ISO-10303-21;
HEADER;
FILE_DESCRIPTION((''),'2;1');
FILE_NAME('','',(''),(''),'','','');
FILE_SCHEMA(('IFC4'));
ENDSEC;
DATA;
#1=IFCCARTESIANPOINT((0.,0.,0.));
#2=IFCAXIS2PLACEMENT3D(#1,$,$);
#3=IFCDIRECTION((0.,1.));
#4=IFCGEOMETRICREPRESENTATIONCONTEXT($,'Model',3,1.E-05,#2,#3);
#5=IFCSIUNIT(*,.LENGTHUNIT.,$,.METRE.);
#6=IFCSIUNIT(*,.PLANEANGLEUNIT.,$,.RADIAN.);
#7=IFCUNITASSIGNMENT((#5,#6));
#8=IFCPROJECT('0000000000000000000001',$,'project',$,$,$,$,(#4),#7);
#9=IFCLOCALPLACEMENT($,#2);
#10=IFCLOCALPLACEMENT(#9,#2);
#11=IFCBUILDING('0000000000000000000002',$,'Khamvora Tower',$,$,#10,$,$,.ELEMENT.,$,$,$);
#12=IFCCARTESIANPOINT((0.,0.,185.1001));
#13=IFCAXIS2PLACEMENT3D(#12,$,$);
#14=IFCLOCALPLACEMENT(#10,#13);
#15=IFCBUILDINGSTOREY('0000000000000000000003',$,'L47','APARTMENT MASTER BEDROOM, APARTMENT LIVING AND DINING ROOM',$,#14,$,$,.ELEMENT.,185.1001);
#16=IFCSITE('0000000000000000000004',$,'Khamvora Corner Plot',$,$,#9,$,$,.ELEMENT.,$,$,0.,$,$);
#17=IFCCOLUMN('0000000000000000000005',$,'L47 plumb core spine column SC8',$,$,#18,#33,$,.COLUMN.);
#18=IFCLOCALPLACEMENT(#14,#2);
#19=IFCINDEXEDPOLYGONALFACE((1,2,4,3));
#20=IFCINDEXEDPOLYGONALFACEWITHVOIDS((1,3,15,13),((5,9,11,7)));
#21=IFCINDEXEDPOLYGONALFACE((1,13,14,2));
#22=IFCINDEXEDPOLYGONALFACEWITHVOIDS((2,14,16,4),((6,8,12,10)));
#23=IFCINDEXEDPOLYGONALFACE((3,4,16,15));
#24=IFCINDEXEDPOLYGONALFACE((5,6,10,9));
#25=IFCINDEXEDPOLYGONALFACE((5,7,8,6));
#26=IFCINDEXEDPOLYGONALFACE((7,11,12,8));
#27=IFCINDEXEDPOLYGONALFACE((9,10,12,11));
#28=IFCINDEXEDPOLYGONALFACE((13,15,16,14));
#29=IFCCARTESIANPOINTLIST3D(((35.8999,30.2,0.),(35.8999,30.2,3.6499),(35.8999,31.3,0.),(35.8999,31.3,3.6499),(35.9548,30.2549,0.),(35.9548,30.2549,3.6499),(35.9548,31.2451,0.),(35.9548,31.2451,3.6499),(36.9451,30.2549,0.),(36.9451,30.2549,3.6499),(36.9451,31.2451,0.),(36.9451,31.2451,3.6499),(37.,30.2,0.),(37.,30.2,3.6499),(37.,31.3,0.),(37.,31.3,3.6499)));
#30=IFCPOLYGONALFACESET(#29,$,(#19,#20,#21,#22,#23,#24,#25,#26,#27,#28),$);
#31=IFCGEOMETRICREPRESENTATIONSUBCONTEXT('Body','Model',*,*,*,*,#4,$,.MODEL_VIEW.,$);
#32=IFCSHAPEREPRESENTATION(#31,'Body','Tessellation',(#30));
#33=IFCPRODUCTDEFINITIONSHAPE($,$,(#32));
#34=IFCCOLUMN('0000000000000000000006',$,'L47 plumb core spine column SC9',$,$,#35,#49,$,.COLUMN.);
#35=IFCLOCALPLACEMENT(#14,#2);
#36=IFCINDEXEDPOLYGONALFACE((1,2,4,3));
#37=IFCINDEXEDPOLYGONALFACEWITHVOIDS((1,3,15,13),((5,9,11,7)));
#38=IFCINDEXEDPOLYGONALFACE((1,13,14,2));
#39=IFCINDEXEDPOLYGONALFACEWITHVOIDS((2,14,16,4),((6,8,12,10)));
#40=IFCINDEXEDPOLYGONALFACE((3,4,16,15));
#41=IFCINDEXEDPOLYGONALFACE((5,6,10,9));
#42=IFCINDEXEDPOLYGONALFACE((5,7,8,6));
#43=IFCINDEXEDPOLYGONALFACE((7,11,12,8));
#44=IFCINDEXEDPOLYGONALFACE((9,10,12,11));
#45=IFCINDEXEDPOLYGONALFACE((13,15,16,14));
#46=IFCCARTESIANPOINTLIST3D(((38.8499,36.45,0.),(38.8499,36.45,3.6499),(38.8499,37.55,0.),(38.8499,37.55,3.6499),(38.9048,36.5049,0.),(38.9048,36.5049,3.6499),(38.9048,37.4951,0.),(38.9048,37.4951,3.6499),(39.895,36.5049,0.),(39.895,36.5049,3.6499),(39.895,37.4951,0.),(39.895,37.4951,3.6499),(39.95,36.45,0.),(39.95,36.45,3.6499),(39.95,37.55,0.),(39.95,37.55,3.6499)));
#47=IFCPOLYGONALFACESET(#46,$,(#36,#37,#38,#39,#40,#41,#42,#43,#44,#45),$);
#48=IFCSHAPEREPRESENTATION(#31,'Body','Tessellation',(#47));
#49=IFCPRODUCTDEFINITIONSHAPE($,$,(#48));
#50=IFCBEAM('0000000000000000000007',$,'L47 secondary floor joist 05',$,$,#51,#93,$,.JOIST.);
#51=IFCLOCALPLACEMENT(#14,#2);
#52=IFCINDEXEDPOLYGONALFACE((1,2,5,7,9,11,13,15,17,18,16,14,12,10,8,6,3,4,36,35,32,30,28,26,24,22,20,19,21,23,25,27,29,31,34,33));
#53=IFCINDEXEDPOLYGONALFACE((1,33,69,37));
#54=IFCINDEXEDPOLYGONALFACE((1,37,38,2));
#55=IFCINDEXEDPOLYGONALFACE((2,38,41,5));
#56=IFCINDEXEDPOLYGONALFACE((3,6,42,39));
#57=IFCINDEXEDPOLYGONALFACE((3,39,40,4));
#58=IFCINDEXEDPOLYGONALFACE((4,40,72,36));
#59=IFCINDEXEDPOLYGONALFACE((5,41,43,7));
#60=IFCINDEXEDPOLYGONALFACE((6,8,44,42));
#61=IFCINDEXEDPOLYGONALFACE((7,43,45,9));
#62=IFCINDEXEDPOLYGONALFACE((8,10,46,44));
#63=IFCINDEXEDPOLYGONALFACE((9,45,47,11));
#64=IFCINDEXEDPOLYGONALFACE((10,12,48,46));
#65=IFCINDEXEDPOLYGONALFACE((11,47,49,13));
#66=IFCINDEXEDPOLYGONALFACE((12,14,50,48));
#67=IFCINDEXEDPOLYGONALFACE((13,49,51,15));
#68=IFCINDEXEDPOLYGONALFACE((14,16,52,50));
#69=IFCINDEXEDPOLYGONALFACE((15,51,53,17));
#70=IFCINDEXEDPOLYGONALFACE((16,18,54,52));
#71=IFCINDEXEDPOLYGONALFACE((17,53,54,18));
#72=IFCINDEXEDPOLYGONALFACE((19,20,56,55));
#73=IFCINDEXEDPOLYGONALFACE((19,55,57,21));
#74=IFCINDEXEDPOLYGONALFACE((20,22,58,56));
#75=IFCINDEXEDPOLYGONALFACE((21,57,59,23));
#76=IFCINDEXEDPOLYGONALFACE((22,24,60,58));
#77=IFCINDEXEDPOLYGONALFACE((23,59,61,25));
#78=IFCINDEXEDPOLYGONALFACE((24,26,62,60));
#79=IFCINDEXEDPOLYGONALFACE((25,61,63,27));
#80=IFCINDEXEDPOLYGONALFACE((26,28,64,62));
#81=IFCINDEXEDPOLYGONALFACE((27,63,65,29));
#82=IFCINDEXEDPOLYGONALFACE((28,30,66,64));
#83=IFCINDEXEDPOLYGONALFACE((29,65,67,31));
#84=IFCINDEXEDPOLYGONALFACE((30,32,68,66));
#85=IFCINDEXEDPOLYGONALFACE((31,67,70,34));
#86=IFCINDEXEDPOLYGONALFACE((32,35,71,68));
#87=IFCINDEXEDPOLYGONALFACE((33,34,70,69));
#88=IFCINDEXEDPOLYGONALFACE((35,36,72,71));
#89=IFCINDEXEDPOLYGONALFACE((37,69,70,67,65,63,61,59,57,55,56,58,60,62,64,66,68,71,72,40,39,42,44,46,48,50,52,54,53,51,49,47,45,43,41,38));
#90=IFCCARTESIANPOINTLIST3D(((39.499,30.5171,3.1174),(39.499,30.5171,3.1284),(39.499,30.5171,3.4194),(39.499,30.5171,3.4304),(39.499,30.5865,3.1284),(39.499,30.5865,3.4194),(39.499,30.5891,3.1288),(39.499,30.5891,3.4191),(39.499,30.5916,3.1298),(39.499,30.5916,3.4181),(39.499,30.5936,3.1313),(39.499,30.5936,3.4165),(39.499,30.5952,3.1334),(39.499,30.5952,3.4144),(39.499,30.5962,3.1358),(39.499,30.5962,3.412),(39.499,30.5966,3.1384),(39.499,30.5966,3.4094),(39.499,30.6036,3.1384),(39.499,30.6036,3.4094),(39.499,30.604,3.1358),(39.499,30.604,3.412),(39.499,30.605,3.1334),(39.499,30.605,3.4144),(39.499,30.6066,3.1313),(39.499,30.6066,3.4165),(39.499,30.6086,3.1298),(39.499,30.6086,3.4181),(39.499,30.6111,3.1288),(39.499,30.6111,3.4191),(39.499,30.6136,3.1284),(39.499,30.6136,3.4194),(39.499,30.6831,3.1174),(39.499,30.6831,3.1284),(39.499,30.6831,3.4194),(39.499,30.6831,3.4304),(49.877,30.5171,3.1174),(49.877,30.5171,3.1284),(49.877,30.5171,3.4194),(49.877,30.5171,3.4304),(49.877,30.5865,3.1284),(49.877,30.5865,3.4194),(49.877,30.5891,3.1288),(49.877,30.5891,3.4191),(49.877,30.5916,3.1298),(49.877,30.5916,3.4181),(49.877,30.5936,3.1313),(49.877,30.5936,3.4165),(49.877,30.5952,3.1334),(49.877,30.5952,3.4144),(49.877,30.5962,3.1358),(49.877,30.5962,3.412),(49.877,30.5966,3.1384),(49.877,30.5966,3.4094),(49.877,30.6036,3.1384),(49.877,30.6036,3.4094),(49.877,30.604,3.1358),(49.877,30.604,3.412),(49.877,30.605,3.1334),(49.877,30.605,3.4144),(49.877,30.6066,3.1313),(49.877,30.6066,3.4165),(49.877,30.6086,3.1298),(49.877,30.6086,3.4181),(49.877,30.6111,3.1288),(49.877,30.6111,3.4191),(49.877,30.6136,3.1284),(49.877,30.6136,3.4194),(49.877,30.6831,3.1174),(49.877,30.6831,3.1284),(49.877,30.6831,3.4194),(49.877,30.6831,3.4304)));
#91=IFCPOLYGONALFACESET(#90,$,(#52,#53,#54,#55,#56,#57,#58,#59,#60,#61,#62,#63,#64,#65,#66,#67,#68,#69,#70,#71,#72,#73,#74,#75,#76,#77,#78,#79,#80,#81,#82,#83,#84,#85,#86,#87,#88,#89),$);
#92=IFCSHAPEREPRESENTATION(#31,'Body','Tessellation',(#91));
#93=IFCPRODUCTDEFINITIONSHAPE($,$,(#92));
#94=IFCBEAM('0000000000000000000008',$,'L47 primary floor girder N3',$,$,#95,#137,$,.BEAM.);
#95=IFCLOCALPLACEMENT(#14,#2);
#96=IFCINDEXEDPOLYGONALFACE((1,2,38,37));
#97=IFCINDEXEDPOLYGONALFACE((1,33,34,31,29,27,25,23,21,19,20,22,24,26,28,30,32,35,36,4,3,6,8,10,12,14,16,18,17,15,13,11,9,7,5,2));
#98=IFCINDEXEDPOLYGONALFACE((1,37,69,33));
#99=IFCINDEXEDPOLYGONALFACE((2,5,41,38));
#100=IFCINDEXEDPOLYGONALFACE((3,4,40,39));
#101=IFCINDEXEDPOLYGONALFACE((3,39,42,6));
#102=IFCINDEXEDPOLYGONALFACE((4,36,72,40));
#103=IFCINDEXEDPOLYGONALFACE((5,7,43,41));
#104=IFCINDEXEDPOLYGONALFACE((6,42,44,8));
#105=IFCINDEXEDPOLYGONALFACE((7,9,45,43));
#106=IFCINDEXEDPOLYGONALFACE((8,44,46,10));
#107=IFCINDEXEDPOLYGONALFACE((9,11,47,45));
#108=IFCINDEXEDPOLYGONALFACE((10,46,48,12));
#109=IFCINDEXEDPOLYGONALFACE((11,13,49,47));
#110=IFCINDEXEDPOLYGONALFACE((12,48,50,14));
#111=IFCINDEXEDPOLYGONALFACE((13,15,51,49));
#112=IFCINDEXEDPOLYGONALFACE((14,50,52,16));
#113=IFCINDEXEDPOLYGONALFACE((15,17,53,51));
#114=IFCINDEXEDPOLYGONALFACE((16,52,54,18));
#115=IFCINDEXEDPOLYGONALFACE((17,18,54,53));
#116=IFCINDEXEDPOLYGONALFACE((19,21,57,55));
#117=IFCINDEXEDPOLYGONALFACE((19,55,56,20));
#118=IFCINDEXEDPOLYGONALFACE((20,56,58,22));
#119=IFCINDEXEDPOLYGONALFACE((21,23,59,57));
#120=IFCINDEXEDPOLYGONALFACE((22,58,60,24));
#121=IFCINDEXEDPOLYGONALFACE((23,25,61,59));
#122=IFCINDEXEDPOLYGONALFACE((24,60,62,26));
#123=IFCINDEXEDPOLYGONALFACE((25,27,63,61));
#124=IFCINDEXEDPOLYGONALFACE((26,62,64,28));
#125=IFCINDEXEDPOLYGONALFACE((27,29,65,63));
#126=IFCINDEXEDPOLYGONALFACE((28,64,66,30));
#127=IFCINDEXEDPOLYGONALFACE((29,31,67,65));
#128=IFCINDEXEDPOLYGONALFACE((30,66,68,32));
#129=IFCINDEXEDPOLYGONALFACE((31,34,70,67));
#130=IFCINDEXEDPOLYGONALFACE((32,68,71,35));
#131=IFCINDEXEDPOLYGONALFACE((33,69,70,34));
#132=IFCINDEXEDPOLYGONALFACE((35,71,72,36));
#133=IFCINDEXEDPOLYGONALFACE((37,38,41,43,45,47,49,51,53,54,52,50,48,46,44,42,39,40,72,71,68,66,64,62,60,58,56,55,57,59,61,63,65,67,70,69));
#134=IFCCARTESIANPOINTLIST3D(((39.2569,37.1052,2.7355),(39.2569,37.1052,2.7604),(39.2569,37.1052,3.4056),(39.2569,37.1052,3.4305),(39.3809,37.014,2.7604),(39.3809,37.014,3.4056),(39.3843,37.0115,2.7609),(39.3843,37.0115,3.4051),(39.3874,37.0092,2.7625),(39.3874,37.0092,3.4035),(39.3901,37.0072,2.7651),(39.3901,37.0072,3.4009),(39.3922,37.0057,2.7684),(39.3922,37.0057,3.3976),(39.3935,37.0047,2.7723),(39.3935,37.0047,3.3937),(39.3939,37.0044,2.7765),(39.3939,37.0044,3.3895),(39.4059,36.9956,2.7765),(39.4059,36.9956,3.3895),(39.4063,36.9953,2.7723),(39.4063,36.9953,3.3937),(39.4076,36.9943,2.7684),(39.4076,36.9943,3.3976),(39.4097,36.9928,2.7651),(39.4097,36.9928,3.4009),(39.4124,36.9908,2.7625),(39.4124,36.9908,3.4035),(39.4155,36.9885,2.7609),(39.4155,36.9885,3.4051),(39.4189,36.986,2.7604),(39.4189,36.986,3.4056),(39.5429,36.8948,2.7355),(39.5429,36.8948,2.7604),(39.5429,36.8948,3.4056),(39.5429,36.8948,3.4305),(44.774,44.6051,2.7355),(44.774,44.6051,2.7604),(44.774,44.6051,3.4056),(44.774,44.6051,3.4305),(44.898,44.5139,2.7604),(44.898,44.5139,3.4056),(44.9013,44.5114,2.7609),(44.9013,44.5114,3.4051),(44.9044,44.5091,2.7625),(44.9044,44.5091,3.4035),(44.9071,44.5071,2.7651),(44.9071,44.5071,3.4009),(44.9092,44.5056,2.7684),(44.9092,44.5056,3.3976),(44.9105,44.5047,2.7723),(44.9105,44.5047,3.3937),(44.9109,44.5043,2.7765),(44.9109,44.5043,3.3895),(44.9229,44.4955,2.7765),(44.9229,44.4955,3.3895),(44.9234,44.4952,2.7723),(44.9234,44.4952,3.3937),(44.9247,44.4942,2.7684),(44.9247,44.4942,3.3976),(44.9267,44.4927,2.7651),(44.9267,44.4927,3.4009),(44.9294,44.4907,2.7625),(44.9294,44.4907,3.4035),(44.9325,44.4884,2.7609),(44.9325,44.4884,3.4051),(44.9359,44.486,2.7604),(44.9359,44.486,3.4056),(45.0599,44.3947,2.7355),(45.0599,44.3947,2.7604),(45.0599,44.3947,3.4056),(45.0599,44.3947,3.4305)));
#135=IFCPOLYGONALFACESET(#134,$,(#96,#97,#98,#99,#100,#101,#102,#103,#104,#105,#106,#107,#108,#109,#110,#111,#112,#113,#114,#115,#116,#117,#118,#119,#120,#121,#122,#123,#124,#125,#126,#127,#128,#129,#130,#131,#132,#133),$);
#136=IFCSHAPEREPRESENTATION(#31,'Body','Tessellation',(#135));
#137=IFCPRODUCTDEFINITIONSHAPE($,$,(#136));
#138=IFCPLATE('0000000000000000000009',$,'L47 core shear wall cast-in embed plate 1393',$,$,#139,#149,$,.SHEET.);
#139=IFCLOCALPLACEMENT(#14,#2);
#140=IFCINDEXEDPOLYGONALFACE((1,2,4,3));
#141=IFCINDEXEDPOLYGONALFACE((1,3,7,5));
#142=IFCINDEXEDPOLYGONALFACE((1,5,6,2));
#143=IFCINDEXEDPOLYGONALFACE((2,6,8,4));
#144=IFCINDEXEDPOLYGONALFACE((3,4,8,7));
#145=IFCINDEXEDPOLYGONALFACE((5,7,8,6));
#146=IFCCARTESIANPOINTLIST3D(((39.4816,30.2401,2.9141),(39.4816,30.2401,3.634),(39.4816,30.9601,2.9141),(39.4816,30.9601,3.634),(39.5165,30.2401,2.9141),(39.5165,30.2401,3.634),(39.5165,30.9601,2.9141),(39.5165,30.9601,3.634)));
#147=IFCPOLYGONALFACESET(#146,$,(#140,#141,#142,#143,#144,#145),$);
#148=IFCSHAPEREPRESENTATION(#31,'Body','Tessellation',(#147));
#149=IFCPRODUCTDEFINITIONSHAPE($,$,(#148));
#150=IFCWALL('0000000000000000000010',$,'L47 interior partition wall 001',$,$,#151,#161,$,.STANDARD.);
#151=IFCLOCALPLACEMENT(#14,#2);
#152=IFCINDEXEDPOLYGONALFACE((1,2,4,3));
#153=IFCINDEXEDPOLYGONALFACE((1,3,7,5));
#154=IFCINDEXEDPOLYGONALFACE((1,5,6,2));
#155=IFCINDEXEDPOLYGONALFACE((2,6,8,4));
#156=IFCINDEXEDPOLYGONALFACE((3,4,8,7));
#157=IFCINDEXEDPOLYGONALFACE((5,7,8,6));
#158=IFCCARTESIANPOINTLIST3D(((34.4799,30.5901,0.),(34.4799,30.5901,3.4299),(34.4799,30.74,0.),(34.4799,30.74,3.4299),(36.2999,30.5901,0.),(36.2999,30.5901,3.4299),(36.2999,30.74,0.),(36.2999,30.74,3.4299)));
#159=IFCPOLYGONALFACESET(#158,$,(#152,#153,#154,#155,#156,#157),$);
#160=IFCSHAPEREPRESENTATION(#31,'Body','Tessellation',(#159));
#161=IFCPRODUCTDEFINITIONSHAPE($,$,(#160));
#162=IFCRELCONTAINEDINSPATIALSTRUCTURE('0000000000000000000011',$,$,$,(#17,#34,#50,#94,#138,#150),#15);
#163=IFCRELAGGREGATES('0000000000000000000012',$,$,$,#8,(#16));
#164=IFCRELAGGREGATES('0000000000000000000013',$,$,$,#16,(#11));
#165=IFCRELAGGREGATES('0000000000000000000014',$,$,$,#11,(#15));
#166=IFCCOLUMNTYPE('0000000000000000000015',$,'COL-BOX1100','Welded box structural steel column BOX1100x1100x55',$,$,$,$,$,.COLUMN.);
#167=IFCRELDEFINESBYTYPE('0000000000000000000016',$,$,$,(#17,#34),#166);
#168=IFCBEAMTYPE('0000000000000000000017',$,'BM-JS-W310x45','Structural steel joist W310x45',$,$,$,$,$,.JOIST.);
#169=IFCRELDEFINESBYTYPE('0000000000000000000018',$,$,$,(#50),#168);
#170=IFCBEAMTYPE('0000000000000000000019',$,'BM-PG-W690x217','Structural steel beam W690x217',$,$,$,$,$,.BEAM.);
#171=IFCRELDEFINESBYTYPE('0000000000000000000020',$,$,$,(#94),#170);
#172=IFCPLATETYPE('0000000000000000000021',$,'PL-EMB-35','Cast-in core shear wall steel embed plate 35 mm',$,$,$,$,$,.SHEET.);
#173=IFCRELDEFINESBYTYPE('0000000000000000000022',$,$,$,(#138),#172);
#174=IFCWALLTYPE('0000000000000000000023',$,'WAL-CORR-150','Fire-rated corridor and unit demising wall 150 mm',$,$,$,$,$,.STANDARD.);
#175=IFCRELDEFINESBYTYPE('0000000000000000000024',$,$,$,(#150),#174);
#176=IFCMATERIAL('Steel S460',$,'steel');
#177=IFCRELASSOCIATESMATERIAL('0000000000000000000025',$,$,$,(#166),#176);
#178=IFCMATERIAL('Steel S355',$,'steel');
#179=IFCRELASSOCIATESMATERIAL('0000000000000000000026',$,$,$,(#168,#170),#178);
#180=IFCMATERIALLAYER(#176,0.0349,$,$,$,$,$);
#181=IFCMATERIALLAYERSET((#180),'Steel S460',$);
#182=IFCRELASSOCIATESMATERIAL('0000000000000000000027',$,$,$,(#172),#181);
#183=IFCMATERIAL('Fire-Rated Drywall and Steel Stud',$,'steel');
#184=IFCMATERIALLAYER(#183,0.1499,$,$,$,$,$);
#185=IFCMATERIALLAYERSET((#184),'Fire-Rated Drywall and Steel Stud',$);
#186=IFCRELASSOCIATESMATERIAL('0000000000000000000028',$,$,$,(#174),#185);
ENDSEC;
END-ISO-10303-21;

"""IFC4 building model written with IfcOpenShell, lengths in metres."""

from ifc_helpers import new_model, si_unit, direction, frame, frame_2d, origin, origin_2d, place, context, subcontext, project, spatial, rectangle, hollow_rectangle, i_section, extrude, material, layer, layer_set, material_profile, profile_set, type_object, element, save


model = new_model("IFC4")

# Units and contexts
model_context = context("Model", 3, precision=1e-05, world=origin(), true_north=direction((0.0, 1.0)))
body_context = subcontext(model_context, "Body", "Model", "MODEL_VIEW")
ifc_project = project(units=[si_unit("LENGTHUNIT", "METRE"), si_unit("PLANEANGLEUNIT", "RADIAN")], contexts=[model_context])

# Site, building, storey
site_placement = place(None, origin())
site = spatial("IfcSite", under=ifc_project, at=site_placement, Name="Khamvora Corner Plot", CompositionType="ELEMENT", RefElevation=0.0)
building_placement = place(site_placement, origin())
building = spatial("IfcBuilding", under=site, at=building_placement, Name="Khamvora Tower", CompositionType="ELEMENT")
storey_placement = place(building_placement, frame((0.0, 0.0, 185.1001)))
storey = spatial("IfcBuildingStorey", under=building, at=storey_placement, Name="L47", Description="APARTMENT MASTER BEDROOM, APARTMENT LIVING AND DINING ROOM", CompositionType="ELEMENT", Elevation=185.1001)

# Columns
ifc_material_1 = material(Name="Steel S460", Category="steel")
ifc_material_profile_1 = material_profile(ifc_material_1, hollow_rectangle(XDim=1.1001, YDim=1.1001, WallThickness=0.0549, at=origin_2d()), Name="BOX1100x1100x55")
ifc_profile_set_1 = profile_set([ifc_material_profile_1], Name="Steel S460")
column_type = type_object("IfcColumnType", Name="COL-BOX1100", Description="Welded box structural steel column BOX1100x1100x55", PredefinedType="COLUMN", material=ifc_profile_set_1)
for number, where, z_axis, x_axis, name in (
    (1, (36.45, 30.75, 0.0), (0.0, 0.0, 1.0), (1.0, 0.0, 0.0), "L47 plumb core spine column SC8"),
    (2, (39.3999, 37.0, 0.0), (0.0, 0.0, 1.0), (1.0, 0.0, 0.0), "L47 plumb core spine column SC9"),
):
    element("IfcColumn", number, at=place(storey_placement, frame(where, z_axis=z_axis, x_axis=x_axis)), inside=storey, type_object=column_type, Name=name, PredefinedType="COLUMN", context=body_context, shape_type="SweptSolid", body=[
        extrude(hollow_rectangle(XDim=1.1001, YDim=1.1001, WallThickness=0.0549, at=origin_2d()), origin(), (0.0, 0.0, 1.0), 3.6499),
    ])

# Beams
ifc_material_2 = material(Name="Steel S355", Category="steel")
ifc_material_profile_2 = material_profile(ifc_material_2, i_section(OverallWidth=0.166, OverallDepth=0.313, WebThickness=0.0071, FlangeThickness=0.011, FilletRadius=0.01, at=origin_2d()), Name="W310x45")
ifc_profile_set_2 = profile_set([ifc_material_profile_2], Name="Steel S355")
beam_type_1 = type_object("IfcBeamType", Name="BM-JS-W310x45", Description="Structural steel joist W310x45", PredefinedType="JOIST", material=ifc_profile_set_2)
beam_1_placement = place(storey_placement, frame((39.499, 30.6001, 3.2739), z_axis=(1.0, 0.0, 0.0), x_axis=(0.0, 1.0, 0.0)))
element("IfcBeam", 3, at=beam_1_placement, inside=storey, type_object=beam_type_1, Name="L47 secondary floor joist 05", PredefinedType="JOIST", context=body_context, shape_type="SweptSolid", body=[
    extrude(i_section(OverallWidth=0.166, OverallDepth=0.313, WebThickness=0.0071, FlangeThickness=0.011, FilletRadius=0.01, at=origin_2d()), origin(), (0.0, 0.0, 1.0), 10.3779),
])
ifc_material_profile_3 = material_profile(ifc_material_2, i_section(OverallWidth=0.355, OverallDepth=0.6951, WebThickness=0.0149, FlangeThickness=0.0249, FilletRadius=0.0161, at=origin_2d()), Name="W690x217")
ifc_profile_set_3 = profile_set([ifc_material_profile_3], Name="Steel S355")
beam_type_2 = type_object("IfcBeamType", Name="BM-PG-W690x217", Description="Structural steel beam W690x217", PredefinedType="BEAM", material=ifc_profile_set_3)
beam_2_placement = place(storey_placement, frame((39.3999, 37.0, 3.083), z_axis=(0.592557, 0.805529, 0.0), x_axis=(-0.805529, 0.592557, 0.0)))
element("IfcBeam", 4, at=beam_2_placement, inside=storey, type_object=beam_type_2, Name="L47 primary floor girder N3", PredefinedType="BEAM", context=body_context, shape_type="SweptSolid", body=[
    extrude(i_section(OverallWidth=0.355, OverallDepth=0.6951, WebThickness=0.0149, FlangeThickness=0.0249, FilletRadius=0.0161, at=origin_2d()), origin(), (0.0, 0.0, 1.0), 9.3105),
])

# Plate
ifc_layer_1 = layer(ifc_material_1, 0.0349)
ifc_layer_set_1 = layer_set([ifc_layer_1], Name="Steel S460")
plate_type = type_object("IfcPlateType", Name="PL-EMB-35", Description="Cast-in core shear wall steel embed plate 35 mm", PredefinedType="SHEET", material=ifc_layer_set_1)
plate_placement = place(storey_placement, frame((39.499, 30.6001, 2.9141), z_axis=(0.0, 0.0, 1.0), x_axis=(1.0, 0.0, 0.0)))
element("IfcPlate", 5, at=plate_placement, inside=storey, type_object=plate_type, Name="L47 core shear wall cast-in embed plate 1393", PredefinedType="SHEET", context=body_context, shape_type="SweptSolid", body=[
    extrude(rectangle(XDim=0.0349, YDim=0.72, at=origin_2d()), origin(), (0.0, 0.0, 1.0), 0.72),
])

# Wall
ifc_material_3 = material(Name="Fire-Rated Drywall and Steel Stud", Category="steel")
ifc_layer_2 = layer(ifc_material_3, 0.1499)
ifc_layer_set_2 = layer_set([ifc_layer_2], Name="Fire-Rated Drywall and Steel Stud")
wall_type_1 = type_object("IfcWallType", Name="WAL-CORR-150", Description="Fire-rated corridor and unit demising wall 150 mm", PredefinedType="STANDARD", material=ifc_layer_set_2)
wall_1_placement = place(storey_placement, frame((36.3, 30.665, 0.0), z_axis=(0.0, 0.0, 1.0), x_axis=(-1.0, 0.0, 0.0)))
element("IfcWall", 6, at=wall_1_placement, inside=storey, type_object=wall_type_1, Name="L47 interior partition wall 001", PredefinedType="STANDARD", context=body_context, shape_type="SweptSolid", body=[
    extrude(rectangle(XDim=1.8201, YDim=0.1499, at=frame_2d((0.9102, 0.0))), origin(), (0.0, 0.0, 1.0), 3.4299),
])

save(model, "model.ifc")
